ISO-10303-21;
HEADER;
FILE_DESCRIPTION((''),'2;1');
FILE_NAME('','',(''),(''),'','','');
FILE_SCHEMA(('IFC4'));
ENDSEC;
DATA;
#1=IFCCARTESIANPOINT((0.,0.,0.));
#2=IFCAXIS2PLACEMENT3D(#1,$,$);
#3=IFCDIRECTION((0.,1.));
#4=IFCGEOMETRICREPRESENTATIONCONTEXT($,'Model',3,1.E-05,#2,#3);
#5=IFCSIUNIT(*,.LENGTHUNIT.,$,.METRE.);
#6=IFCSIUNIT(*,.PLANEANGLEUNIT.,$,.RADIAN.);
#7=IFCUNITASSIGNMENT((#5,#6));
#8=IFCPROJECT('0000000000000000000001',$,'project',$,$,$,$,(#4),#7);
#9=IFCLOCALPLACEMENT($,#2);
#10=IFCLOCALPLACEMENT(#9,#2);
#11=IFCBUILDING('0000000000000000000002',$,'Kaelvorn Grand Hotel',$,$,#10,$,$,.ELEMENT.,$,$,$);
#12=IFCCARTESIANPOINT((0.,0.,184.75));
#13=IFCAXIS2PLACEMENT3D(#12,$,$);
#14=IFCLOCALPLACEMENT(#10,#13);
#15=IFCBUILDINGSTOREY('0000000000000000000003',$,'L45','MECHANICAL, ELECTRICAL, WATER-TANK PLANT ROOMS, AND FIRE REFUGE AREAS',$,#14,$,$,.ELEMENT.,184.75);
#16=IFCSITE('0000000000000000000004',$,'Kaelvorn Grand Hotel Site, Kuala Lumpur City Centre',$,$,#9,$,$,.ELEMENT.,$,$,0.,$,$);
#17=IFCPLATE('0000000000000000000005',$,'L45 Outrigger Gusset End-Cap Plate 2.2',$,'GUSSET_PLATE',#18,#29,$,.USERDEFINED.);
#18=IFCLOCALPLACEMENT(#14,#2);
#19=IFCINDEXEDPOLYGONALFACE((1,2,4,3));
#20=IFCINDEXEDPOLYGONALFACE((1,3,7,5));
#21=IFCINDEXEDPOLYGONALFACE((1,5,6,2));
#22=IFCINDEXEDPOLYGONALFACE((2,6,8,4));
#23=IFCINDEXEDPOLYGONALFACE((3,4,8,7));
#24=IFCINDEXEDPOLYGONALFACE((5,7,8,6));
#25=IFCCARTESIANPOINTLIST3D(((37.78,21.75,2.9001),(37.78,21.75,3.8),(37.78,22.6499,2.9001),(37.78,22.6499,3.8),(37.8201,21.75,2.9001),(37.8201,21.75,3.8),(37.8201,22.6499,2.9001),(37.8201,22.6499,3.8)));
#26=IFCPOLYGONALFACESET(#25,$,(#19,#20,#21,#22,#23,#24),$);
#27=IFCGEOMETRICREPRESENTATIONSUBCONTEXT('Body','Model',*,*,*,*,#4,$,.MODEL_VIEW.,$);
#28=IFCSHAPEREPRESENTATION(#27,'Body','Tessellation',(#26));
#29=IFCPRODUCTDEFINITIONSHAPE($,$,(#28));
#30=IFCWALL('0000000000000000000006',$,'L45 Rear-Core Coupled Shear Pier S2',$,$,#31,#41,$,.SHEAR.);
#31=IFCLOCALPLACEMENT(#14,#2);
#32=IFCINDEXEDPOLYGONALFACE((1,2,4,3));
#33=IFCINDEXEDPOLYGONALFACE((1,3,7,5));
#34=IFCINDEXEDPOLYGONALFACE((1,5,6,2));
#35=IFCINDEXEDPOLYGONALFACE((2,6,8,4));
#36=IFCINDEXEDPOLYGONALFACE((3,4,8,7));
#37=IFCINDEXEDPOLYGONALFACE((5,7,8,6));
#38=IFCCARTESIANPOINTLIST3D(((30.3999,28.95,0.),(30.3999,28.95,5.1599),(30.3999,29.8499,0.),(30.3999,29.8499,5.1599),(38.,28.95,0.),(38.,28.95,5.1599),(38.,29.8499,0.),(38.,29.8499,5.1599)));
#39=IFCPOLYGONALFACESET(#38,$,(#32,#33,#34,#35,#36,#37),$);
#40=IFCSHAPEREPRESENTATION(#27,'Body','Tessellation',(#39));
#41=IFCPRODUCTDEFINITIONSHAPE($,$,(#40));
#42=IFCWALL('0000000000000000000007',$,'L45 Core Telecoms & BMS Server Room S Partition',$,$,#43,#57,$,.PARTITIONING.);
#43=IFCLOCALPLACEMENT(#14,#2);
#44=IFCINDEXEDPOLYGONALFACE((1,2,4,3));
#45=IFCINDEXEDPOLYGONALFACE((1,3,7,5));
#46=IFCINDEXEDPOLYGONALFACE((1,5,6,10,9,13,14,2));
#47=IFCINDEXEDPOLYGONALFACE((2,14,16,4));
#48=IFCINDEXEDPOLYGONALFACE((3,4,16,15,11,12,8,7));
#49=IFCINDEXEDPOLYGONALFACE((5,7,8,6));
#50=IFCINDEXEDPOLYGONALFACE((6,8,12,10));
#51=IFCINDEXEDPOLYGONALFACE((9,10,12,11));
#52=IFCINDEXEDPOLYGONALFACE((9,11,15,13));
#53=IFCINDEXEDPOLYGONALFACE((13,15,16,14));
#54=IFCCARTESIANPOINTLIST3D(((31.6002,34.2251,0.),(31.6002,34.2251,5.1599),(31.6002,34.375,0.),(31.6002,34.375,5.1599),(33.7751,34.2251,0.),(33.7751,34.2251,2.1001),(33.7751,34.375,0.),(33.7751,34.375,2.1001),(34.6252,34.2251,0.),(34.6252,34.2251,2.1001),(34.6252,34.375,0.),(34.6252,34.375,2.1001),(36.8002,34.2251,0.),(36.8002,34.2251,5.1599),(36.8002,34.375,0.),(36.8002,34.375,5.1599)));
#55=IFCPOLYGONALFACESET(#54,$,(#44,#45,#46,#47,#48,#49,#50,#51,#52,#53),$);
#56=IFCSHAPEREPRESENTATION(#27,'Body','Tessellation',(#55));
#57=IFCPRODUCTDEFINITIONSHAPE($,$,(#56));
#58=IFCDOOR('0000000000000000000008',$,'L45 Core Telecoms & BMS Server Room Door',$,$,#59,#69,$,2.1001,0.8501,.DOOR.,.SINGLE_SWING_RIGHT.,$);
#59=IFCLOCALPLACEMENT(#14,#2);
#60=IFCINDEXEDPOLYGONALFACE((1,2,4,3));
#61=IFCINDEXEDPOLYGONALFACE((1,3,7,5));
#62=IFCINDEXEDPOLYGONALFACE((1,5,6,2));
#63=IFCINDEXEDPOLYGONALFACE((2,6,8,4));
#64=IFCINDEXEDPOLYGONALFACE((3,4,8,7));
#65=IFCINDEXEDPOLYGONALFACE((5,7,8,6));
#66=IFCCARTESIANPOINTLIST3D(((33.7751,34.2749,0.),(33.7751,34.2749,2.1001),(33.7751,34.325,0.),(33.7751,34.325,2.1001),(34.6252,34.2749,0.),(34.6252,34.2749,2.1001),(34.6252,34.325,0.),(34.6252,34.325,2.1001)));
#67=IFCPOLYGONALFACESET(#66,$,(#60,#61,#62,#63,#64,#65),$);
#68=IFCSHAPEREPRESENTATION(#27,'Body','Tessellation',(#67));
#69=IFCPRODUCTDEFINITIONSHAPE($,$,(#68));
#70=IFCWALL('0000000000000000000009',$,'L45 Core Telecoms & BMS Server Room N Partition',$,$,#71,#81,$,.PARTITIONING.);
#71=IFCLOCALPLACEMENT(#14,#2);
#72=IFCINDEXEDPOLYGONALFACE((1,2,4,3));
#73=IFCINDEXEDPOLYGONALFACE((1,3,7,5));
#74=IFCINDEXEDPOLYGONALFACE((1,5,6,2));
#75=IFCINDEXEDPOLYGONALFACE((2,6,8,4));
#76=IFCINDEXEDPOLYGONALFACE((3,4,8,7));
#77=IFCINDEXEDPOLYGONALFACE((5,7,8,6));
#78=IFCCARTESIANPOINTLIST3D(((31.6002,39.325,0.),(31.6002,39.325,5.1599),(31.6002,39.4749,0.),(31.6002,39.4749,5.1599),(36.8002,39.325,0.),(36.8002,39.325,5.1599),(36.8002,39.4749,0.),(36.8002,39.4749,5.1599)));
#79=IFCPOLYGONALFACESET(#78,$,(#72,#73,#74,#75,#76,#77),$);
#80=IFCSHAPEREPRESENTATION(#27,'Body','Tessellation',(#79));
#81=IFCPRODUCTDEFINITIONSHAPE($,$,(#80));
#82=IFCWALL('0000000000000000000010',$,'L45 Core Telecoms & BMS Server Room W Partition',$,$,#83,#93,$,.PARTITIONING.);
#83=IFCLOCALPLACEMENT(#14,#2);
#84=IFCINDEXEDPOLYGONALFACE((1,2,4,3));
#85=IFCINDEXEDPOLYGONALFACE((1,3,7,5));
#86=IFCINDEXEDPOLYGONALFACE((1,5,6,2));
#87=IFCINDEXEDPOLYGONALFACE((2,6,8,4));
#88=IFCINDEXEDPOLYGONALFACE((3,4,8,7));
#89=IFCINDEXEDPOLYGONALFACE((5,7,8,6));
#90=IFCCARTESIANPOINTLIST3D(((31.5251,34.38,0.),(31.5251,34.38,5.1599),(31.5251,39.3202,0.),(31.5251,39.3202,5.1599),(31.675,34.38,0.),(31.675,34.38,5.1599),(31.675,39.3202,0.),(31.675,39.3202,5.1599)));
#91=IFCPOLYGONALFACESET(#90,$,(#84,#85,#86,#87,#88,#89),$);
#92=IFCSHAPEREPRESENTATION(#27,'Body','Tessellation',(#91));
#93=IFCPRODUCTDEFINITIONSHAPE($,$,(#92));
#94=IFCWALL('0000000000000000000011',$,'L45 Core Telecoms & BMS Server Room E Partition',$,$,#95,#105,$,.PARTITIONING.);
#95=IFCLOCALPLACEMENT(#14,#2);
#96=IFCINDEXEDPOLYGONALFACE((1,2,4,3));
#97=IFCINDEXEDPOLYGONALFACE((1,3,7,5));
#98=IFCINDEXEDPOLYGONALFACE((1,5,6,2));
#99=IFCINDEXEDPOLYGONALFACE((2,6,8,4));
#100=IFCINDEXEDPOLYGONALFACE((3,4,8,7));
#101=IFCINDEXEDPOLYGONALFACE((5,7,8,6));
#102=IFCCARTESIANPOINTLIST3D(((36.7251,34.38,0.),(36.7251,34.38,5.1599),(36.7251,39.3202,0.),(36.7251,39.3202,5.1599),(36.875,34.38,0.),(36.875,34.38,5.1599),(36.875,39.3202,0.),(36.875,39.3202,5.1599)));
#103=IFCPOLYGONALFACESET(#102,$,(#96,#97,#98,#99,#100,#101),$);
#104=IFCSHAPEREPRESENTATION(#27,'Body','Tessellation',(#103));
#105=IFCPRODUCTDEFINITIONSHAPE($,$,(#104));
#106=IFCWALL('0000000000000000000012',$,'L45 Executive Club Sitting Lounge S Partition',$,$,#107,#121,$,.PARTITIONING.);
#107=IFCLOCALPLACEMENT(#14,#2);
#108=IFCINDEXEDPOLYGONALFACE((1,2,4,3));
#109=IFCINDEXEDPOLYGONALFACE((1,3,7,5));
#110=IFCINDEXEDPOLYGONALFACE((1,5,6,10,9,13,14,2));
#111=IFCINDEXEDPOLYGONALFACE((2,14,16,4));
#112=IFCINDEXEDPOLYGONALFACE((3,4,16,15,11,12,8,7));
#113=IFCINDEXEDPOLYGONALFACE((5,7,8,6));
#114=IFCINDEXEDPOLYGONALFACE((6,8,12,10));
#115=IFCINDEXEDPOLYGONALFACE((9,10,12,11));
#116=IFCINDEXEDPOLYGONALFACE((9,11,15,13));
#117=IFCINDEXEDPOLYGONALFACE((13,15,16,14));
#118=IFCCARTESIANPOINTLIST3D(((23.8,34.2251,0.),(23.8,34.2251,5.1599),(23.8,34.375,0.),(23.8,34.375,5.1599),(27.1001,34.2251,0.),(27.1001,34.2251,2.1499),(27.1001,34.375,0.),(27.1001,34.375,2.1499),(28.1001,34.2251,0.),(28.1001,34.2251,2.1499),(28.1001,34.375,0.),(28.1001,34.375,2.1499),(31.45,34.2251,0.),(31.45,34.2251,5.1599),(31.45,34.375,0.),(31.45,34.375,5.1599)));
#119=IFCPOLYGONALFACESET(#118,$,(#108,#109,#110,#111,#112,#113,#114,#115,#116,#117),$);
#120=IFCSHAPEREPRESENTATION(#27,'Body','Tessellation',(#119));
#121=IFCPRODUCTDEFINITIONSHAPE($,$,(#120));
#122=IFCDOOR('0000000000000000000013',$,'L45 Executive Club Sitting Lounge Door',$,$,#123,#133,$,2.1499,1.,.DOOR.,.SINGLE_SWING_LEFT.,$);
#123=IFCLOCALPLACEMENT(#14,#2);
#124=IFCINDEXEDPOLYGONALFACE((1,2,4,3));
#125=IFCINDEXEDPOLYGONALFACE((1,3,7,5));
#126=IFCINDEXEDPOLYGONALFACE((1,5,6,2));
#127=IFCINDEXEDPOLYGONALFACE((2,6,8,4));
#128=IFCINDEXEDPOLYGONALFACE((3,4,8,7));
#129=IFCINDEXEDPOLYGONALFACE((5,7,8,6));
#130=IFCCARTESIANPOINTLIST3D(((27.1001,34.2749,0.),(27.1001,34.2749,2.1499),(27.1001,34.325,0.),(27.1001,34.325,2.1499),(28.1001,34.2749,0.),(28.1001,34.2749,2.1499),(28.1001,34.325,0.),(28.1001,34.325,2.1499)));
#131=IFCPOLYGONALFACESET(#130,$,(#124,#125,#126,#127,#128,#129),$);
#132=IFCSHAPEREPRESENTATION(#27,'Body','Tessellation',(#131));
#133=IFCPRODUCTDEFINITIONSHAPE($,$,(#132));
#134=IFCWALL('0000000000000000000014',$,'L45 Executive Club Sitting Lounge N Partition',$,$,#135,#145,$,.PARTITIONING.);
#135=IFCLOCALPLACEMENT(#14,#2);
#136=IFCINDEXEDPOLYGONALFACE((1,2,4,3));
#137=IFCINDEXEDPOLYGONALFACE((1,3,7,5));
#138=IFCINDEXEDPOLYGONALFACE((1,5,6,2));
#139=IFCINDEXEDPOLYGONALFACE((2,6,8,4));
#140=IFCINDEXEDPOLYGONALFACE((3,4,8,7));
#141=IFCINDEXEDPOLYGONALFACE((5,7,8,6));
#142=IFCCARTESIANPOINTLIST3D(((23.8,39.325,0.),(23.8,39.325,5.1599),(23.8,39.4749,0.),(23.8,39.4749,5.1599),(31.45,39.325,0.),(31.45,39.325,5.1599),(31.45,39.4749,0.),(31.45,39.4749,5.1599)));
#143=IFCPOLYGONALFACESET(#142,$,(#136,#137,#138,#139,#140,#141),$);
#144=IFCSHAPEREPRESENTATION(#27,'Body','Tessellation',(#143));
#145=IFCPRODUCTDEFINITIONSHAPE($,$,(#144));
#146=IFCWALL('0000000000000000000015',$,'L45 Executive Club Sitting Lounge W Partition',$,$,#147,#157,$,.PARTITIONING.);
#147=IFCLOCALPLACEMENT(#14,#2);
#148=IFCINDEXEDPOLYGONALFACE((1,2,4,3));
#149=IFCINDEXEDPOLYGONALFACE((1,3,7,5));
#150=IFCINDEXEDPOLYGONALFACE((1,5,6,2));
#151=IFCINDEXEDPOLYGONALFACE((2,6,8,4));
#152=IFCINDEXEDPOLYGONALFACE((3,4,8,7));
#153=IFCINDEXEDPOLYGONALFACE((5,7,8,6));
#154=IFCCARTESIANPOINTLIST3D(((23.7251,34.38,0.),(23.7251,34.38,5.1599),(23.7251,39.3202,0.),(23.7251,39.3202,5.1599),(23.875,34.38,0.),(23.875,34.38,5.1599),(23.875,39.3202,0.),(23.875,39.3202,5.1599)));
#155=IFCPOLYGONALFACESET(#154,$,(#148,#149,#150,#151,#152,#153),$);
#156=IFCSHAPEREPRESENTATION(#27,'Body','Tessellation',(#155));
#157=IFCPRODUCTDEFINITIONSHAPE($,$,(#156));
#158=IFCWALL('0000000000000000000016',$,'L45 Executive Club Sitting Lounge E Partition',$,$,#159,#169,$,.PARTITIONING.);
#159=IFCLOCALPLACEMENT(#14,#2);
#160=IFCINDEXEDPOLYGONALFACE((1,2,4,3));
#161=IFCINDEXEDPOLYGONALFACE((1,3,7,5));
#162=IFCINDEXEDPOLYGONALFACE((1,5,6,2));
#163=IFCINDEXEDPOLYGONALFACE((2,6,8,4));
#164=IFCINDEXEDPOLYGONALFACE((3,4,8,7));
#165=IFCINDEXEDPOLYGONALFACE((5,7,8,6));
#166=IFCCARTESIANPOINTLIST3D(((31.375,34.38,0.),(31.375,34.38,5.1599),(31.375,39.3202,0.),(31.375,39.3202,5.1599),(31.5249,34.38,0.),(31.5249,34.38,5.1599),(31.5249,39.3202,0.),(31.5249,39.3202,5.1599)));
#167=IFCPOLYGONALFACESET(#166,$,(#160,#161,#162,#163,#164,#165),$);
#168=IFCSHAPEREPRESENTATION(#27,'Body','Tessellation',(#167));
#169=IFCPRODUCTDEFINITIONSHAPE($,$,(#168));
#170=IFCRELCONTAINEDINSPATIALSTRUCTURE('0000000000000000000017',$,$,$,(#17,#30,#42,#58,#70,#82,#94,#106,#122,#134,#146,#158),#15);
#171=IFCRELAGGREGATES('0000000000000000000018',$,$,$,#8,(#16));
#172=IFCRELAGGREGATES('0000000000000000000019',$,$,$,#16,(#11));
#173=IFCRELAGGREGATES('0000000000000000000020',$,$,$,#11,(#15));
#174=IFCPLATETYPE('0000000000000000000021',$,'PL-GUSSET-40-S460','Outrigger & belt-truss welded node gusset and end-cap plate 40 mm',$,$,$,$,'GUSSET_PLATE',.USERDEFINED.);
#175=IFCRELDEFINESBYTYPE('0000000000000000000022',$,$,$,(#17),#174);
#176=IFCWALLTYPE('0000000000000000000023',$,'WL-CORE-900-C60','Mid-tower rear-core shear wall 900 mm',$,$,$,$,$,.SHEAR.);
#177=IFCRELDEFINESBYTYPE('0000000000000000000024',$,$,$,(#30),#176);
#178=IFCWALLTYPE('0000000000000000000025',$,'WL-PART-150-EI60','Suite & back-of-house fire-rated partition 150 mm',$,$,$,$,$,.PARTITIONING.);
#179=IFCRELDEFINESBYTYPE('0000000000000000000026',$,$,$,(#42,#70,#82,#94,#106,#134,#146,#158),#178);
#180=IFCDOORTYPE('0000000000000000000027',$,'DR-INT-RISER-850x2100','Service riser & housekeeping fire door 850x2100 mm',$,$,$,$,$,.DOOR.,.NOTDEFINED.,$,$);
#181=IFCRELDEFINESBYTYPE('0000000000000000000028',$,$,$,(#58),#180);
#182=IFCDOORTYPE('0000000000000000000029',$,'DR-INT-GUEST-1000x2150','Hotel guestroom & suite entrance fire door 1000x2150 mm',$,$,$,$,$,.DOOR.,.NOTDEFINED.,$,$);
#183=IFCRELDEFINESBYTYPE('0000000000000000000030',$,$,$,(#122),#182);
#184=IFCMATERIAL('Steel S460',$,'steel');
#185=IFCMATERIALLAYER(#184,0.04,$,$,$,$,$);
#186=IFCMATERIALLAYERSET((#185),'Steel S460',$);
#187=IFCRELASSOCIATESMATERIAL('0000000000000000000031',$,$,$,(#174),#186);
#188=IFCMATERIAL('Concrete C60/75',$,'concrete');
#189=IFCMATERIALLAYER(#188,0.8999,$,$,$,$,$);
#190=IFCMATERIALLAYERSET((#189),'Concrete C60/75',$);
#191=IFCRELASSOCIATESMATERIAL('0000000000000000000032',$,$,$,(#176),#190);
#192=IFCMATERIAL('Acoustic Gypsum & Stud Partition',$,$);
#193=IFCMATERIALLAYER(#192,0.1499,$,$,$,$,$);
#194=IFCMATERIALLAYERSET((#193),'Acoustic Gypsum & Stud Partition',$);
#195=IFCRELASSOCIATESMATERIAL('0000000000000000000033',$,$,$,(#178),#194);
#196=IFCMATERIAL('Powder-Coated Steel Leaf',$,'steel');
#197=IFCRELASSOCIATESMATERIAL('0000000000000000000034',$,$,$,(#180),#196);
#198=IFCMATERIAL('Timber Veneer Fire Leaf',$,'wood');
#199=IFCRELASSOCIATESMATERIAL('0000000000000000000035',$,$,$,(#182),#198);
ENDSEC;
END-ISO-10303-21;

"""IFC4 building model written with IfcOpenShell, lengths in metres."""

from ifc_helpers import new_model, si_unit, direction, frame, frame_2d, origin, origin_2d, place, context, subcontext, project, spatial, rectangle, extrude, material, layer, layer_set, type_object, element, fill, save


model = new_model("IFC4")

# Units and contexts
model_context = context("Model", 3, precision=1e-05, world=origin(), true_north=direction((0.0, 1.0)))
body_context = subcontext(model_context, "Body", "Model", "MODEL_VIEW")
ifc_project = project(units=[si_unit("LENGTHUNIT", "METRE"), si_unit("PLANEANGLEUNIT", "RADIAN")], contexts=[model_context])

# Site, building, storey
site_placement = place(None, origin())
site = spatial("IfcSite", under=ifc_project, at=site_placement, Name="Kaelvorn Grand Hotel Site, Kuala Lumpur City Centre", CompositionType="ELEMENT", RefElevation=0.0)
building_placement = place(site_placement, origin())
building = spatial("IfcBuilding", under=site, at=building_placement, Name="Kaelvorn Grand Hotel", CompositionType="ELEMENT")
storey_placement = place(building_placement, frame((0.0, 0.0, 184.75)))
storey = spatial("IfcBuildingStorey", under=building, at=storey_placement, Name="L45", Description="MECHANICAL, ELECTRICAL, WATER-TANK PLANT ROOMS, AND FIRE REFUGE AREAS", CompositionType="ELEMENT", Elevation=184.75)

# Shared definitions
ifc_material_1 = material(Name="Concrete C60/75", Category="concrete")

# Shared definitions
ifc_material_2 = material(Name="Steel S460", Category="steel")

# Plate
ifc_layer_1 = layer(ifc_material_2, 0.04)
ifc_layer_set_1 = layer_set([ifc_layer_1], Name="Steel S460")
plate_type = type_object("IfcPlateType", Name="PL-GUSSET-40-S460", Description="Outrigger & belt-truss welded node gusset and end-cap plate 40 mm", ElementType="GUSSET_PLATE", PredefinedType="USERDEFINED", material=ifc_layer_set_1)
plate_placement = place(storey_placement, frame((37.8, 22.2, 2.9001), z_axis=(0.0, 0.0, 1.0), x_axis=(1.0, 0.0, 0.0)))
element("IfcPlate", 1, at=plate_placement, inside=storey, type_object=plate_type, Name="L45 Outrigger Gusset End-Cap Plate 2.2", ObjectType="GUSSET_PLATE", PredefinedType="USERDEFINED", context=body_context, shape_type="SweptSolid", body=[
    extrude(rectangle(XDim=0.04, YDim=0.8999, at=origin_2d()), origin(), (0.0, 0.0, 1.0), 0.8999),
])

# Wall
ifc_layer_2 = layer(ifc_material_1, 0.8999)
ifc_layer_set_2 = layer_set([ifc_layer_2], Name="Concrete C60/75")
wall_type_1 = type_object("IfcWallType", Name="WL-CORE-900-C60", Description="Mid-tower rear-core shear wall 900 mm", PredefinedType="SHEAR", material=ifc_layer_set_2)
wall_1_placement = place(storey_placement, frame((30.3999, 29.3999, 0.0), z_axis=(0.0, 0.0, 1.0), x_axis=(1.0, 0.0, 0.0)))
element("IfcWall", 2, at=wall_1_placement, inside=storey, type_object=wall_type_1, Name="L45 Rear-Core Coupled Shear Pier S2", PredefinedType="SHEAR", context=body_context, shape_type="SweptSolid", body=[
    extrude(rectangle(XDim=7.6001, YDim=0.8999, at=frame_2d((3.8, 0.0))), origin(), (0.0, 0.0, 1.0), 5.1599),
])

# Wall, opening, door
ifc_material_3 = material(Name="Acoustic Gypsum & Stud Partition")
ifc_layer_3 = layer(ifc_material_3, 0.1499)
ifc_layer_set_3 = layer_set([ifc_layer_3], Name="Acoustic Gypsum & Stud Partition")
wall_type_2 = type_object("IfcWallType", Name="WL-PART-150-EI60", Description="Suite & back-of-house fire-rated partition 150 mm", PredefinedType="PARTITIONING", material=ifc_layer_set_3)
wall_2_placement = place(storey_placement, frame((31.6001, 34.3, 0.0), z_axis=(0.0, 0.0, 1.0), x_axis=(1.0, 0.0, 0.0)))
wall_2 = element("IfcWall", 3, at=wall_2_placement, inside=storey, type_object=wall_type_2, Name="L45 Core Telecoms & BMS Server Room S Partition", PredefinedType="PARTITIONING", context=body_context, shape_type="SweptSolid", body=[
    extrude(rectangle(XDim=5.2, YDim=0.1499, at=frame_2d((2.6001, 0.0))), origin(), (0.0, 0.0, 1.0), 5.1599),
])
opening_1_placement = place(wall_2_placement, frame((2.175, 0.0, 0.0)))
opening_1 = element("IfcOpeningElement", 4, at=opening_1_placement, cuts=wall_2, PredefinedType="OPENING", context=body_context, shape_type="SweptSolid", body=[
    extrude(rectangle(XDim=0.8501, YDim=2.1001, at=frame_2d((0.425, 1.05))), frame((0.0, 0.085, 0.0), z_axis=(0.0, -1.0, 0.0), x_axis=(1.0, 0.0, 0.0)), (0.0, 0.0, 1.0), 0.1699),
])
ifc_material_4 = material(Name="Powder-Coated Steel Leaf", Category="steel")
door_type_1 = type_object("IfcDoorType", Name="DR-INT-RISER-850x2100", Description="Service riser & housekeeping fire door 850x2100 mm", OperationType="NOTDEFINED", PredefinedType="DOOR", material=ifc_material_4)
door_1_placement = place(opening_1_placement, origin())
door_1 = element("IfcDoor", 5, at=door_1_placement, inside=storey, type_object=door_type_1, Name="L45 Core Telecoms & BMS Server Room Door", OperationType="SINGLE_SWING_RIGHT", OverallHeight=2.1001, OverallWidth=0.8501, PredefinedType="DOOR", context=body_context, shape_type="SweptSolid", body=[
    extrude(rectangle(XDim=0.8501, YDim=2.1001, at=frame_2d((0.425, 1.05))), frame((0.0, 0.0249, 0.0), z_axis=(0.0, -1.0, 0.0), x_axis=(1.0, 0.0, 0.0)), (0.0, 0.0, 1.0), 0.05),
])
fill(opening_1, door_1)

# Walls
wall_3_placement = place(storey_placement, frame((31.6001, 39.3999, 0.0), z_axis=(0.0, 0.0, 1.0), x_axis=(1.0, 0.0, 0.0)))
element("IfcWall", 6, at=wall_3_placement, inside=storey, type_object=wall_type_2, Name="L45 Core Telecoms & BMS Server Room N Partition", PredefinedType="PARTITIONING", context=body_context, shape_type="SweptSolid", body=[
    extrude(rectangle(XDim=5.2, YDim=0.1499, at=frame_2d((2.6001, 0.0))), origin(), (0.0, 0.0, 1.0), 5.1599),
])
for number, where, z_axis, x_axis, name in (
    (7, (31.6001, 34.3799, 0.0), (0.0, 0.0, 1.0), (0.0, 1.0, 0.0), "L45 Core Telecoms & BMS Server Room W Partition"),
    (8, (36.8, 34.3799, 0.0), (0.0, 0.0, 1.0), (0.0, 1.0, 0.0), "L45 Core Telecoms & BMS Server Room E Partition"),
):
    element("IfcWall", number, at=place(storey_placement, frame(where, z_axis=z_axis, x_axis=x_axis)), inside=storey, type_object=wall_type_2, Name=name, PredefinedType="PARTITIONING", context=body_context, shape_type="SweptSolid", body=[
        extrude(rectangle(XDim=4.9402, YDim=0.1499, at=frame_2d((2.4702, 0.0))), origin(), (0.0, 0.0, 1.0), 5.1599),
    ])

# Wall, opening, door
wall_4_placement = place(storey_placement, frame((23.8, 34.3, 0.0), z_axis=(0.0, 0.0, 1.0), x_axis=(1.0, 0.0, 0.0)))
wall_4 = element("IfcWall", 9, at=wall_4_placement, inside=storey, type_object=wall_type_2, Name="L45 Executive Club Sitting Lounge S Partition", PredefinedType="PARTITIONING", context=body_context, shape_type="SweptSolid", body=[
    extrude(rectangle(XDim=7.6499, YDim=0.1499, at=frame_2d((3.825, 0.0))), origin(), (0.0, 0.0, 1.0), 5.1599),
])
opening_2_placement = place(wall_4_placement, frame((3.3, 0.0, 0.0)))
opening_2 = element("IfcOpeningElement", 10, at=opening_2_placement, cuts=wall_4, PredefinedType="OPENING", context=body_context, shape_type="SweptSolid", body=[
    extrude(rectangle(XDim=1.0, YDim=2.1499, at=frame_2d((0.5, 1.075))), frame((0.0, 0.085, 0.0), z_axis=(0.0, -1.0, 0.0), x_axis=(1.0, 0.0, 0.0)), (0.0, 0.0, 1.0), 0.1699),
])
ifc_material_5 = material(Name="Timber Veneer Fire Leaf", Category="wood")
door_type_2 = type_object("IfcDoorType", Name="DR-INT-GUEST-1000x2150", Description="Hotel guestroom & suite entrance fire door 1000x2150 mm", OperationType="NOTDEFINED", PredefinedType="DOOR", material=ifc_material_5)
door_2_placement = place(opening_2_placement, origin())
door_2 = element("IfcDoor", 11, at=door_2_placement, inside=storey, type_object=door_type_2, Name="L45 Executive Club Sitting Lounge Door", OperationType="SINGLE_SWING_LEFT", OverallHeight=2.1499, OverallWidth=1.0, PredefinedType="DOOR", context=body_context, shape_type="SweptSolid", body=[
    extrude(rectangle(XDim=1.0, YDim=2.1499, at=frame_2d((0.5, 1.075))), frame((0.0, 0.0249, 0.0), z_axis=(0.0, -1.0, 0.0), x_axis=(1.0, 0.0, 0.0)), (0.0, 0.0, 1.0), 0.05),
])
fill(opening_2, door_2)

# Walls
wall_5_placement = place(storey_placement, frame((23.8, 39.3999, 0.0), z_axis=(0.0, 0.0, 1.0), x_axis=(1.0, 0.0, 0.0)))
element("IfcWall", 12, at=wall_5_placement, inside=storey, type_object=wall_type_2, Name="L45 Executive Club Sitting Lounge N Partition", PredefinedType="PARTITIONING", context=body_context, shape_type="SweptSolid", body=[
    extrude(rectangle(XDim=7.6499, YDim=0.1499, at=frame_2d((3.825, 0.0))), origin(), (0.0, 0.0, 1.0), 5.1599),
])
for number, where, z_axis, x_axis, name in (
    (13, (23.8, 34.3799, 0.0), (0.0, 0.0, 1.0), (0.0, 1.0, 0.0), "L45 Executive Club Sitting Lounge W Partition"),
    (14, (31.45, 34.3799, 0.0), (0.0, 0.0, 1.0), (0.0, 1.0, 0.0), "L45 Executive Club Sitting Lounge E Partition"),
):
    element("IfcWall", number, at=place(storey_placement, frame(where, z_axis=z_axis, x_axis=x_axis)), inside=storey, type_object=wall_type_2, Name=name, PredefinedType="PARTITIONING", context=body_context, shape_type="SweptSolid", body=[
        extrude(rectangle(XDim=4.9402, YDim=0.1499, at=frame_2d((2.4702, 0.0))), origin(), (0.0, 0.0, 1.0), 5.1599),
    ])

save(model, "model.ifc")
